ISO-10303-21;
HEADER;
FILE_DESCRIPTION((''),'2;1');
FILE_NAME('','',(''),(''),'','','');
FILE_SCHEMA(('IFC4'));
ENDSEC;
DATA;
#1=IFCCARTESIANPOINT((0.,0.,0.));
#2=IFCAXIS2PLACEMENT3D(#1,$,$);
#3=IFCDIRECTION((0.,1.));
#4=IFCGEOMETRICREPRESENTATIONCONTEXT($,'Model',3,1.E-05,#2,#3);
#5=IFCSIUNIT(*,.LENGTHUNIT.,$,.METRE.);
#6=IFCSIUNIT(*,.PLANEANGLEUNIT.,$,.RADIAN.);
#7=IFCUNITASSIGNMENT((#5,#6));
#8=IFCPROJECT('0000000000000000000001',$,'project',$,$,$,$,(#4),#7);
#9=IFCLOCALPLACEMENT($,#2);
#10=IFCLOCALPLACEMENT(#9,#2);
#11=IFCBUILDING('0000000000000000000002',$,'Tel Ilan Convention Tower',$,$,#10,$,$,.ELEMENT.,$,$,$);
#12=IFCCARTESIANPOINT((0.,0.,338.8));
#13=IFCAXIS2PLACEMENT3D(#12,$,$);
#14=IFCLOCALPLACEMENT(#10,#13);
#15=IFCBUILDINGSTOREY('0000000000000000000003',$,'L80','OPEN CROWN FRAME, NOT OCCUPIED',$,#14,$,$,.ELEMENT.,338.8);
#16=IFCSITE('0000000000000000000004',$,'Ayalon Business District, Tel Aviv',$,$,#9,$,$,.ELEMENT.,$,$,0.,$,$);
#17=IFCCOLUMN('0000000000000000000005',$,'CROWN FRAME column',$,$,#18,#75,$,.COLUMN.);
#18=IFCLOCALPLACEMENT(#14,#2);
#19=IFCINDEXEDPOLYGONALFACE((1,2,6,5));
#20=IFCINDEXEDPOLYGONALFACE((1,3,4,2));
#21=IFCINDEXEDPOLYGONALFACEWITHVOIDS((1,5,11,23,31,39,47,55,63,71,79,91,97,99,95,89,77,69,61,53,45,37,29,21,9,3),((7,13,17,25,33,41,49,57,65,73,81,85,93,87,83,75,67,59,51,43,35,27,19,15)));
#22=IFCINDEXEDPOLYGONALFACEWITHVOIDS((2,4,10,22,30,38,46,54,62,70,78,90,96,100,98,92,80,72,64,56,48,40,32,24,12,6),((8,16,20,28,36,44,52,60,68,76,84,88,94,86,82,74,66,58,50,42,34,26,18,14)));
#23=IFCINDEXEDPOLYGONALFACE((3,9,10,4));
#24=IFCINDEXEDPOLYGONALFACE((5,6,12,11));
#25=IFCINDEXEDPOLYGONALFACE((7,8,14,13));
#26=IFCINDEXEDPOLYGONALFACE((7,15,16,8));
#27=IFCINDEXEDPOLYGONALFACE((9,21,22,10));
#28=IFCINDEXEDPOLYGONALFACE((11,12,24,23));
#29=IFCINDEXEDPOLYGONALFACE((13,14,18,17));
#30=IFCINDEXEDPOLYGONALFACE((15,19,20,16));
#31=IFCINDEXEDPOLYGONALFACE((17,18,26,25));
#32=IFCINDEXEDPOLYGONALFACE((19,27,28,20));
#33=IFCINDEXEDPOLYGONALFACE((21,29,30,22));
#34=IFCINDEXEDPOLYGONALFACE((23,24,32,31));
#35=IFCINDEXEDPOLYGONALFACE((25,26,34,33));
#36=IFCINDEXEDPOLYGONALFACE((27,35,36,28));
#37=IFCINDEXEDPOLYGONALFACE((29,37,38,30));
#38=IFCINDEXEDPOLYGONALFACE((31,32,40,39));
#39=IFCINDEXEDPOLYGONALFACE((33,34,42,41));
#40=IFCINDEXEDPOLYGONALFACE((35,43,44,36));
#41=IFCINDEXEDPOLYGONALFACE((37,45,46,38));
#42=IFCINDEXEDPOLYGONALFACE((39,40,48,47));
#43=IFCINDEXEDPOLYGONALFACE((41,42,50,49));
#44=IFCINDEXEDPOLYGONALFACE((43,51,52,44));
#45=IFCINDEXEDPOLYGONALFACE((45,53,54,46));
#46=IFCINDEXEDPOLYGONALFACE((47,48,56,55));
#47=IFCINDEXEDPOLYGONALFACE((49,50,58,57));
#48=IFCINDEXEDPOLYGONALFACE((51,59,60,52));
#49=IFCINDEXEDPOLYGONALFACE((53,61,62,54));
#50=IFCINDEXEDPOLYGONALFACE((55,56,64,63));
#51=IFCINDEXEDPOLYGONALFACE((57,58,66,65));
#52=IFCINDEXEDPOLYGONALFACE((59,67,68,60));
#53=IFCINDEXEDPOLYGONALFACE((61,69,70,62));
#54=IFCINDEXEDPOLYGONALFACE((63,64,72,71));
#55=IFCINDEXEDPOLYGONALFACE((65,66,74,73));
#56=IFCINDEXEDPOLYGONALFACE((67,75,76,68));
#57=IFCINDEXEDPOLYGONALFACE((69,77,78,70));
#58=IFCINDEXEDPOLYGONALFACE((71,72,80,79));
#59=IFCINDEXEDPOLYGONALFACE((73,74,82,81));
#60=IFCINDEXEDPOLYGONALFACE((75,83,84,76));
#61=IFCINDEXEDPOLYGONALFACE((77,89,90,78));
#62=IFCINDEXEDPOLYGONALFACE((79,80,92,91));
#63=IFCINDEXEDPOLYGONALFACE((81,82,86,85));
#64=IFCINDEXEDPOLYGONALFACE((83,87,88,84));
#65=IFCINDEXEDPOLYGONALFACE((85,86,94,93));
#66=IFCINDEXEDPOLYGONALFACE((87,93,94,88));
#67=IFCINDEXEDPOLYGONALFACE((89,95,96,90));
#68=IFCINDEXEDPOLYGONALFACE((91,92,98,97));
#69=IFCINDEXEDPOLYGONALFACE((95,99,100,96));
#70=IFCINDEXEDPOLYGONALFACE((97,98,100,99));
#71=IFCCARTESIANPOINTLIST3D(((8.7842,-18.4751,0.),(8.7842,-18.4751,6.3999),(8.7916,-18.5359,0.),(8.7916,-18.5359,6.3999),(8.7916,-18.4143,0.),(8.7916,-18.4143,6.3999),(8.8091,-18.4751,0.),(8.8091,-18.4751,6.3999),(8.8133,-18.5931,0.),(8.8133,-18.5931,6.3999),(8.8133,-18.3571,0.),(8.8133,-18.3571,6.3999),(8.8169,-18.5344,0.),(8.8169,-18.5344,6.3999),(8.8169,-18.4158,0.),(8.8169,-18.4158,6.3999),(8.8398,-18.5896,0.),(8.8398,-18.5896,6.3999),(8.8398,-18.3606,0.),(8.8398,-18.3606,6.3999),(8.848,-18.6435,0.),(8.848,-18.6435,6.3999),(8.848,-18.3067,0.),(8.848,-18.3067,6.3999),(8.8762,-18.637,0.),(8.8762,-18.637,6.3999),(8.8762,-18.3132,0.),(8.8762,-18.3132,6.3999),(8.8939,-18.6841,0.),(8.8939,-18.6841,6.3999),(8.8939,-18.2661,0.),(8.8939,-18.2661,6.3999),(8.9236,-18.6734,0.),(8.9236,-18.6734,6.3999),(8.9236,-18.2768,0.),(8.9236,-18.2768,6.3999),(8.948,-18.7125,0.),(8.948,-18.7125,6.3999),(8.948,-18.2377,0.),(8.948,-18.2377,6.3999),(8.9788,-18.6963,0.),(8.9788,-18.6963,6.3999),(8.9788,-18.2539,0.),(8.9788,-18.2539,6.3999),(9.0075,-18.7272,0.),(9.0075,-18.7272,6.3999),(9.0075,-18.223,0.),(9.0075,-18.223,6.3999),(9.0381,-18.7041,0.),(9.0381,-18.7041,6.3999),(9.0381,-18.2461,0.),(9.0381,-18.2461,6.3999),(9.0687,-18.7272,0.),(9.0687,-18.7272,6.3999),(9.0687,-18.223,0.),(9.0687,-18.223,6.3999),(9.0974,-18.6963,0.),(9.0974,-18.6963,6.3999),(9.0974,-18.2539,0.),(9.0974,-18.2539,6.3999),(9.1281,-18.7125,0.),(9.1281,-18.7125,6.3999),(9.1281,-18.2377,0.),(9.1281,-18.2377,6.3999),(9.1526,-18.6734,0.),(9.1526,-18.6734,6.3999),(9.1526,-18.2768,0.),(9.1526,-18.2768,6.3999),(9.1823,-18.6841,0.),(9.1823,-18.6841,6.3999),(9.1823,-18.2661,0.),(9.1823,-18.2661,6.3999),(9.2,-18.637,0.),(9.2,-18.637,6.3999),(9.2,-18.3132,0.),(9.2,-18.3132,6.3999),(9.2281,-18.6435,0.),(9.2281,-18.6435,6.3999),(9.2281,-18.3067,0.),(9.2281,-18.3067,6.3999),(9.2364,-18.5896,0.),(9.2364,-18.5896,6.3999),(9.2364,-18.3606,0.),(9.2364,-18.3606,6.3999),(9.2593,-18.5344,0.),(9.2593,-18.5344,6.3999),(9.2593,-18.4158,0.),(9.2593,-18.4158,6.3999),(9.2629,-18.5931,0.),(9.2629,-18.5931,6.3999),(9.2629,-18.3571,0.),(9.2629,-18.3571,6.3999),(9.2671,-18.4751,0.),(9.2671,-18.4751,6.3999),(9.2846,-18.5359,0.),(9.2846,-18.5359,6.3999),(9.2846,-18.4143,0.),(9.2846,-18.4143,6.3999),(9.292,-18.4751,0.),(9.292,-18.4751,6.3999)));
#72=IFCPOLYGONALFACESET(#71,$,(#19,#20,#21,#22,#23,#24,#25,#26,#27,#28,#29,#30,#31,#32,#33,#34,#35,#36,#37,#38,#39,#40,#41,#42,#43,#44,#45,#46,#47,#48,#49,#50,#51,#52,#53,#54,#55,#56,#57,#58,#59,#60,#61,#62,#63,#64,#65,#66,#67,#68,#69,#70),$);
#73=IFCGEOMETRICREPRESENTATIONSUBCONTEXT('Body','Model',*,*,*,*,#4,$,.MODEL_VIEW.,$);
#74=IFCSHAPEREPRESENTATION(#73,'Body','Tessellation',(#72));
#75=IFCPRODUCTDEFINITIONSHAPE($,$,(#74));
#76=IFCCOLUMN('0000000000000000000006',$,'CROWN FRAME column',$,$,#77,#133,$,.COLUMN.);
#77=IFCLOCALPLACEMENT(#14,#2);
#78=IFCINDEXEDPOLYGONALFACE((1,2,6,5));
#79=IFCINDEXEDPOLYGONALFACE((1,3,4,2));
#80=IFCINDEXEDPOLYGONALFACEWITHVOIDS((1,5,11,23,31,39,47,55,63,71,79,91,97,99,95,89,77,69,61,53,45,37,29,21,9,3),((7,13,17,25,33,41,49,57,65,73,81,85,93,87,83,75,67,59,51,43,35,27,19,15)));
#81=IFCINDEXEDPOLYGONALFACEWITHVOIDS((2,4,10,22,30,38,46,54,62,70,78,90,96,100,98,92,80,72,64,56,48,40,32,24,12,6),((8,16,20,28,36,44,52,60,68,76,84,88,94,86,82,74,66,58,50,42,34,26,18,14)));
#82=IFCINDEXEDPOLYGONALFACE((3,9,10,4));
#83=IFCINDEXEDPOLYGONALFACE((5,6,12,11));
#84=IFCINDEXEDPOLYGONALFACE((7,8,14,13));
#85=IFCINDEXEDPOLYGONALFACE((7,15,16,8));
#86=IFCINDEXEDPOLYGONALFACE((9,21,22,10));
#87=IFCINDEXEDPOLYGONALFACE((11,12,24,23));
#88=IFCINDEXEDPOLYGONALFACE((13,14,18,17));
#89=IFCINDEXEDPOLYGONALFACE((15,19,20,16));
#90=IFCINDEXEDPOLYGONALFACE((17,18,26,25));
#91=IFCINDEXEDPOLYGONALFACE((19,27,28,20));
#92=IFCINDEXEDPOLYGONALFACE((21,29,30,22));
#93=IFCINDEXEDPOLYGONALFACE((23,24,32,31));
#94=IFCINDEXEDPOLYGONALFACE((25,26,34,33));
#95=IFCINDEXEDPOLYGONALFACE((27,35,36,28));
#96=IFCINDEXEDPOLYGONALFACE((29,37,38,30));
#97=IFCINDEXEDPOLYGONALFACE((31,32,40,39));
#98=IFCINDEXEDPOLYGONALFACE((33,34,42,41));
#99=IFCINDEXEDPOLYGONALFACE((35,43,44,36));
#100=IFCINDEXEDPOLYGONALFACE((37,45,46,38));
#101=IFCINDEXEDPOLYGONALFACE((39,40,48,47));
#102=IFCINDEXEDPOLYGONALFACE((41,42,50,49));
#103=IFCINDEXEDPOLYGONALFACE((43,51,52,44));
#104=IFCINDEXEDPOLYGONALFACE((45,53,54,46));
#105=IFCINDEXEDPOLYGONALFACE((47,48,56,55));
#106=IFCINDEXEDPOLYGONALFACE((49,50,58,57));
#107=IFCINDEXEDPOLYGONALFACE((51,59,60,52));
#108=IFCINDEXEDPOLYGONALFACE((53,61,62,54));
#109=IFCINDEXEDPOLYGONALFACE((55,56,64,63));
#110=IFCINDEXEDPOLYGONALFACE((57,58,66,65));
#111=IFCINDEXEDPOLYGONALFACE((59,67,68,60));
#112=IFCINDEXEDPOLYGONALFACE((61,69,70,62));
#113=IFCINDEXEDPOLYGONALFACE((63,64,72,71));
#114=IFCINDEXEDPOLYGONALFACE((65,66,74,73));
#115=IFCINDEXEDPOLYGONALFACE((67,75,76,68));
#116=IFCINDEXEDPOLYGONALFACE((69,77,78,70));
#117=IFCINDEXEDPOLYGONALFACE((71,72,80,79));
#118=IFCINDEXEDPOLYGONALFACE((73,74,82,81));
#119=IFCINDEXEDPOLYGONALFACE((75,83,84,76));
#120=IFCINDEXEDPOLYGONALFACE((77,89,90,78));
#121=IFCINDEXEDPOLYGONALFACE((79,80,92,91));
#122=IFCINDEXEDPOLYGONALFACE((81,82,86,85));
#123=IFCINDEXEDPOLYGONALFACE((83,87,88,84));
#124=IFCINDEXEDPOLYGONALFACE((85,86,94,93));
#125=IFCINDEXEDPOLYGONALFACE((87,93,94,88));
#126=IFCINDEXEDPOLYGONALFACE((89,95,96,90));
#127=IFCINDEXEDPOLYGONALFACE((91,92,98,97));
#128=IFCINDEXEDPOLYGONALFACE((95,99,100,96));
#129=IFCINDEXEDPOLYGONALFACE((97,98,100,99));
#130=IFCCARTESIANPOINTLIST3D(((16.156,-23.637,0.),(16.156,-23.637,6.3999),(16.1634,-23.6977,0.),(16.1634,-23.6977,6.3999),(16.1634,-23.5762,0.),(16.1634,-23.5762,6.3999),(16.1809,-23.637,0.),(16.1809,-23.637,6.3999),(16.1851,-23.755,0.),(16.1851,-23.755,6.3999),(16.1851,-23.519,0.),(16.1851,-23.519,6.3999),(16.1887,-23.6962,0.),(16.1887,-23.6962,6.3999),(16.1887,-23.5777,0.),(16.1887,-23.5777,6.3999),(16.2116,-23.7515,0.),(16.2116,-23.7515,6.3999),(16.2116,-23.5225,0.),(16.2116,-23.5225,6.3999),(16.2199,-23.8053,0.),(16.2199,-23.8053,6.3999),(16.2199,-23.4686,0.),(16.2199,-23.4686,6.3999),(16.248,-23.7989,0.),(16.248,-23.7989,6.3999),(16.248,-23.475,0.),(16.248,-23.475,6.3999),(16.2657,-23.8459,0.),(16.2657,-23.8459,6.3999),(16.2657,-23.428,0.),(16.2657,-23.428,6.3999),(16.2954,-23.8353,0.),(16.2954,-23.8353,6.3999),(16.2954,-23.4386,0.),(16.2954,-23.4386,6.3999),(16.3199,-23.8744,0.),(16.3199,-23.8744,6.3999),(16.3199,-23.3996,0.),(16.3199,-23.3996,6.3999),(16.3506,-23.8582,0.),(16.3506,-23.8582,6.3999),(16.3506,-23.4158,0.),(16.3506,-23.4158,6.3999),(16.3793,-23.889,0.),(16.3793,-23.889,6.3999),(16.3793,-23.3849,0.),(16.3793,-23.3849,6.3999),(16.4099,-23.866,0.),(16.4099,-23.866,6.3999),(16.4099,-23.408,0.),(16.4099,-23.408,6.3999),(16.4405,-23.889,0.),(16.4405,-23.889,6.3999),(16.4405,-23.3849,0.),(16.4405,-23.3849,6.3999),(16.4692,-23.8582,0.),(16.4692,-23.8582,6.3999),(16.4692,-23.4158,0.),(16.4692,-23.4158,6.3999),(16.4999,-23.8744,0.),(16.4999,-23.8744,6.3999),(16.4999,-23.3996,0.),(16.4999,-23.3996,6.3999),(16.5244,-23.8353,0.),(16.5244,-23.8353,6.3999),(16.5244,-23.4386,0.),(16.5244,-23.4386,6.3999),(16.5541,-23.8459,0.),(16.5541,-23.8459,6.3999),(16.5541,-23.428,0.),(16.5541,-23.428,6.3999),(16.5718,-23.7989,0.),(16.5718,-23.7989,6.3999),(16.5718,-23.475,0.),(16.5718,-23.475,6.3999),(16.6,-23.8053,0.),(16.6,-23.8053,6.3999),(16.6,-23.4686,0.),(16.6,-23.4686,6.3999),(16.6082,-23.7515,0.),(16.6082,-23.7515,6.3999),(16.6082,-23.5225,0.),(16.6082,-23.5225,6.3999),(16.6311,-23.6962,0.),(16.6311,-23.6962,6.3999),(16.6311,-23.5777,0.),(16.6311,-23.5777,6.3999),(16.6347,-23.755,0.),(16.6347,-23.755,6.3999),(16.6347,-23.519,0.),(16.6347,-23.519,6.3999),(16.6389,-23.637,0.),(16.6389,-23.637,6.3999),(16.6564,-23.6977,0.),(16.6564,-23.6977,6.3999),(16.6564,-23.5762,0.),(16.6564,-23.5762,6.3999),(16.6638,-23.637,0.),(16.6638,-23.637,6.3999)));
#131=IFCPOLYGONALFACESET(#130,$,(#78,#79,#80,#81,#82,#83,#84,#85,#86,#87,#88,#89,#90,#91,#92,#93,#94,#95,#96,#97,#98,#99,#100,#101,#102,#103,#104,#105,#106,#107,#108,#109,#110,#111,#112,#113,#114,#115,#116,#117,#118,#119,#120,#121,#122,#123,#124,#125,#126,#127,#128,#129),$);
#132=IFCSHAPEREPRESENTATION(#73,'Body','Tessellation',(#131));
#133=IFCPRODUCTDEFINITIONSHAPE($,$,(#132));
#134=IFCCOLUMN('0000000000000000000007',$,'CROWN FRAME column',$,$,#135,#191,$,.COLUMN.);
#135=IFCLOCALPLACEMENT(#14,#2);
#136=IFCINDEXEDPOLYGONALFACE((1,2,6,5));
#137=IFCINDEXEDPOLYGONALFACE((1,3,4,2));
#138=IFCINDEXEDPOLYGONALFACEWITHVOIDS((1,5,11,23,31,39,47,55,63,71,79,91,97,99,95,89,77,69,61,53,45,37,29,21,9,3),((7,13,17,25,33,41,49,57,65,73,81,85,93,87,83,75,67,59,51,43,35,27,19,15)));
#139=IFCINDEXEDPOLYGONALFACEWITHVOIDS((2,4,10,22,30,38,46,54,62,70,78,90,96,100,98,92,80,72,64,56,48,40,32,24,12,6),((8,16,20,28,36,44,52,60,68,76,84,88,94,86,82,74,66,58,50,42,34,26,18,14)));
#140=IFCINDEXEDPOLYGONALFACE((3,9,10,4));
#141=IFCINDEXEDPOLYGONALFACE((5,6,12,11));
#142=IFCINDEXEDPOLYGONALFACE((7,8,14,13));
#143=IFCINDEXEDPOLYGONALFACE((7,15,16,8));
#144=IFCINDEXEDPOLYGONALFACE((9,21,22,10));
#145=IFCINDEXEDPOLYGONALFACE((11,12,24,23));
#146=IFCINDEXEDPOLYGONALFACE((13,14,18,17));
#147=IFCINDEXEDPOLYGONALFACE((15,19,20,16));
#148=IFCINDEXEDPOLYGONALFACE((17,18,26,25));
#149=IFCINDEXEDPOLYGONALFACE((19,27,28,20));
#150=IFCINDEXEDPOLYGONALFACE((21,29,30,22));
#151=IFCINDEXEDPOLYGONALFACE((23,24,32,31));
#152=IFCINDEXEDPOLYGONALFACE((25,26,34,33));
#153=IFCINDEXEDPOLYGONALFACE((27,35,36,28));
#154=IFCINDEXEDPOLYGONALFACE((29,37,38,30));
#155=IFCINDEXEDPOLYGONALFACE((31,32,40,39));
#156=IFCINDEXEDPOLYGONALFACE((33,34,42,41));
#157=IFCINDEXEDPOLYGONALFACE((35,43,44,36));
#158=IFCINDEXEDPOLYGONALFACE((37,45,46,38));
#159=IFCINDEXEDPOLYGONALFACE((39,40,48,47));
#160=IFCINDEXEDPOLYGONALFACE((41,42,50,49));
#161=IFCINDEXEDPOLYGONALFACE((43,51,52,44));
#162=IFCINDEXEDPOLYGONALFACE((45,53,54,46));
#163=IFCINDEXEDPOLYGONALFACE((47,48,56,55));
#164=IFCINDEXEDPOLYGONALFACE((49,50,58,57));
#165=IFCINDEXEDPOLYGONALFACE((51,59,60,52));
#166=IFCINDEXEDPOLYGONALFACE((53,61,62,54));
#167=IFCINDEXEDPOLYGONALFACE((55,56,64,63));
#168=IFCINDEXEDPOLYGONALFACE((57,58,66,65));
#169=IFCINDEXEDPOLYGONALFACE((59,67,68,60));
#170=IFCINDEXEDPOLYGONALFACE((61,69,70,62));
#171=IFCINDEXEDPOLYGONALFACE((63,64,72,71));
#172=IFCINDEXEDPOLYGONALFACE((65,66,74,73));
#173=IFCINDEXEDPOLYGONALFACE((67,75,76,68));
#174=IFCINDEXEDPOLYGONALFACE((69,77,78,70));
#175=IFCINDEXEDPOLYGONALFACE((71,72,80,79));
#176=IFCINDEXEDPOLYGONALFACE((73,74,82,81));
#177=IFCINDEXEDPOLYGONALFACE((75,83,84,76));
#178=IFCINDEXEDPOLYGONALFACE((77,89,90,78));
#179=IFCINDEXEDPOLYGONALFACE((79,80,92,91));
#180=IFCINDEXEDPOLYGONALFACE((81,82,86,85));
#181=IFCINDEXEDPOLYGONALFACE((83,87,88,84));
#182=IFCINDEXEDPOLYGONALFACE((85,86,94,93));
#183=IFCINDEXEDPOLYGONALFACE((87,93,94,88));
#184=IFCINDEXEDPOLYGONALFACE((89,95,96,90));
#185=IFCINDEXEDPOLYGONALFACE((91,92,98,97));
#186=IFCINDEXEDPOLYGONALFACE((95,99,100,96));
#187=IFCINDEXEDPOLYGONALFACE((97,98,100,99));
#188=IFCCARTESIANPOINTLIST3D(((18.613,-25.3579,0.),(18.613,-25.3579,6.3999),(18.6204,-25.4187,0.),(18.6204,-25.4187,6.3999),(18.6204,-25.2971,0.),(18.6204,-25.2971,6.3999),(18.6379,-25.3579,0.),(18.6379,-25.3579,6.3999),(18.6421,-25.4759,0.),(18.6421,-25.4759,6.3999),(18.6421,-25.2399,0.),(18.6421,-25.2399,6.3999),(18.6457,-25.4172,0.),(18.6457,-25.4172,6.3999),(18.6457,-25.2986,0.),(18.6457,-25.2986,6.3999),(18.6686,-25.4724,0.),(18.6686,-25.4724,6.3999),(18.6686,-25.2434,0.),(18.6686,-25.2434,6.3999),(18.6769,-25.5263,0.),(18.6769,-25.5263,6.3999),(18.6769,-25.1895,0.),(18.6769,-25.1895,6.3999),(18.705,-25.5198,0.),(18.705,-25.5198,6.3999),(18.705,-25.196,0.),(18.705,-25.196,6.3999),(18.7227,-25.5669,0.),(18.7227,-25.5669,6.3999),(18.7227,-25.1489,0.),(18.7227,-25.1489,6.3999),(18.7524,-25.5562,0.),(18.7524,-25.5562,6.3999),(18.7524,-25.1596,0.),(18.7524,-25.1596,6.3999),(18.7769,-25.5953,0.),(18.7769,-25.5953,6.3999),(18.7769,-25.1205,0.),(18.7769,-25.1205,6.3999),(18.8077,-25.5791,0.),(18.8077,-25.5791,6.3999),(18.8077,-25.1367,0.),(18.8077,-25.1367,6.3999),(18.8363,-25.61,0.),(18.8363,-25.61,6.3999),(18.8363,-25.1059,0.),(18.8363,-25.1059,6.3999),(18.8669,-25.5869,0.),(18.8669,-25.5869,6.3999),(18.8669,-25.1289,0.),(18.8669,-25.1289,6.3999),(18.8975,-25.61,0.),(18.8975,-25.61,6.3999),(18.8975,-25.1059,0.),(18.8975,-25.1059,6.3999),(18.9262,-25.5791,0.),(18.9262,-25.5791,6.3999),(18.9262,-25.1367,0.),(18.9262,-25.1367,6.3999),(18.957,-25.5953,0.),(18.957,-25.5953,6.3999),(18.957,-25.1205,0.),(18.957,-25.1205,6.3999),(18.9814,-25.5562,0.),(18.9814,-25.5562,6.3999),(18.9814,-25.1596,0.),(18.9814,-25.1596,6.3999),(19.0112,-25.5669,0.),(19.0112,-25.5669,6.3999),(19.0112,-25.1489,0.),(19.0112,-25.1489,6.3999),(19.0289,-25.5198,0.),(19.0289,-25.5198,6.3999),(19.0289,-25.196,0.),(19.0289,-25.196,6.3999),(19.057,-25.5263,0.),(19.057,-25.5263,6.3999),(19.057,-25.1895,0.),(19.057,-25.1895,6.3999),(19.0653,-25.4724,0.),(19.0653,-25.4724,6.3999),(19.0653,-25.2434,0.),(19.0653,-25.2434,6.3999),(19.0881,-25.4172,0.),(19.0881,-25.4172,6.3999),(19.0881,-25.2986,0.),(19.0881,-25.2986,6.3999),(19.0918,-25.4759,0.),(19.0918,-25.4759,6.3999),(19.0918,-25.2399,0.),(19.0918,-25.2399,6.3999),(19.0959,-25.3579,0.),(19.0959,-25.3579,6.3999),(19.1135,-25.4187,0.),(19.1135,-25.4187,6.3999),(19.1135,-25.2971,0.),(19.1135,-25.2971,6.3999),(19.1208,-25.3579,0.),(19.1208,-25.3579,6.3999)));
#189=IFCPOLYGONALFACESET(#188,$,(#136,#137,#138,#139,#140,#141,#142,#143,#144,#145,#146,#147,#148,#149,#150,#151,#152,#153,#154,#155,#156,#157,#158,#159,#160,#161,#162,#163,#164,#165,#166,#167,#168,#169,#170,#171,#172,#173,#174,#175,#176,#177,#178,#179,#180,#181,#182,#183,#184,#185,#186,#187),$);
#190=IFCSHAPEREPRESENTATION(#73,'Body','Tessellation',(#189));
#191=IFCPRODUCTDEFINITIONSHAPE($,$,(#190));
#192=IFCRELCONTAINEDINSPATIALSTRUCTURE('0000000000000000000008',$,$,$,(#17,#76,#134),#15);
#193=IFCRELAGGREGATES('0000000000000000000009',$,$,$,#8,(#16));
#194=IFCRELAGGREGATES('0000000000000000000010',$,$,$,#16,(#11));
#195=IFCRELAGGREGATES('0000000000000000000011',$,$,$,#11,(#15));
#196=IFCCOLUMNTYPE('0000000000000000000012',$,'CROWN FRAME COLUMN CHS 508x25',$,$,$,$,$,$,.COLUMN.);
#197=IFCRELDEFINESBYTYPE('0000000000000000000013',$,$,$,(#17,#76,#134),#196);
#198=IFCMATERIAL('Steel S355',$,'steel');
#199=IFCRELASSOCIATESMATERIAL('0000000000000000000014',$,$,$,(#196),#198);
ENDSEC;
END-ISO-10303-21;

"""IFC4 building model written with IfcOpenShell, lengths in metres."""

from ifc_helpers import new_model, si_unit, direction, frame, origin, origin_2d, place, context, subcontext, project, spatial, hollow_circle, extrude, material, material_profile, profile_set, type_object, element, save


model = new_model("IFC4")

# Units and contexts
model_context = context("Model", 3, precision=1e-05, world=origin(), true_north=direction((0.0, 1.0)))
body_context = subcontext(model_context, "Body", "Model", "MODEL_VIEW")
ifc_project = project(units=[si_unit("LENGTHUNIT", "METRE"), si_unit("PLANEANGLEUNIT", "RADIAN")], contexts=[model_context])

# Site, building, storey
site_placement = place(None, origin())
site = spatial("IfcSite", under=ifc_project, at=site_placement, Name="Ayalon Business District, Tel Aviv", CompositionType="ELEMENT", RefElevation=0.0)
building_placement = place(site_placement, origin())
building = spatial("IfcBuilding", under=site, at=building_placement, Name="Tel Ilan Convention Tower", CompositionType="ELEMENT")
storey_placement = place(building_placement, frame((0.0, 0.0, 338.8)))
storey = spatial("IfcBuildingStorey", under=building, at=storey_placement, Name="L80", Description="OPEN CROWN FRAME, NOT OCCUPIED", CompositionType="ELEMENT", Elevation=338.8)

# Columns
ifc_material_1 = material(Name="Steel S355", Category="steel")
ifc_material_profile_1 = material_profile(ifc_material_1, hollow_circle(Radius=0.2539, WallThickness=0.0249, at=origin_2d()), Name="CHS 508x25")
ifc_profile_set_1 = profile_set([ifc_material_profile_1], Name="Steel S355")
column_type = type_object("IfcColumnType", Name="CROWN FRAME COLUMN CHS 508x25", PredefinedType="COLUMN", material=ifc_profile_set_1)
for number, where, z_axis, x_axis, name in (
    (1, (9.0381, -18.4751, 0.0), (0.0, 0.0, 1.0), (1.0, 0.0, 0.0), "CROWN FRAME column"),
    (2, (16.4099, -23.637, 0.0), (0.0, 0.0, 1.0), (1.0, 0.0, 0.0), "CROWN FRAME column"),
    (3, (18.8669, -25.3579, 0.0), (0.0, 0.0, 1.0), (1.0, 0.0, 0.0), "CROWN FRAME column"),
):
    element("IfcColumn", number, at=place(storey_placement, frame(where, z_axis=z_axis, x_axis=x_axis)), inside=storey, type_object=column_type, Name=name, PredefinedType="COLUMN", context=body_context, shape_type="SweptSolid", body=[
        extrude(hollow_circle(Radius=0.2539, WallThickness=0.0249, at=origin_2d()), origin(), (0.0, 0.0, 1.0), 6.3999),
    ])

save(model, "model.ifc")
